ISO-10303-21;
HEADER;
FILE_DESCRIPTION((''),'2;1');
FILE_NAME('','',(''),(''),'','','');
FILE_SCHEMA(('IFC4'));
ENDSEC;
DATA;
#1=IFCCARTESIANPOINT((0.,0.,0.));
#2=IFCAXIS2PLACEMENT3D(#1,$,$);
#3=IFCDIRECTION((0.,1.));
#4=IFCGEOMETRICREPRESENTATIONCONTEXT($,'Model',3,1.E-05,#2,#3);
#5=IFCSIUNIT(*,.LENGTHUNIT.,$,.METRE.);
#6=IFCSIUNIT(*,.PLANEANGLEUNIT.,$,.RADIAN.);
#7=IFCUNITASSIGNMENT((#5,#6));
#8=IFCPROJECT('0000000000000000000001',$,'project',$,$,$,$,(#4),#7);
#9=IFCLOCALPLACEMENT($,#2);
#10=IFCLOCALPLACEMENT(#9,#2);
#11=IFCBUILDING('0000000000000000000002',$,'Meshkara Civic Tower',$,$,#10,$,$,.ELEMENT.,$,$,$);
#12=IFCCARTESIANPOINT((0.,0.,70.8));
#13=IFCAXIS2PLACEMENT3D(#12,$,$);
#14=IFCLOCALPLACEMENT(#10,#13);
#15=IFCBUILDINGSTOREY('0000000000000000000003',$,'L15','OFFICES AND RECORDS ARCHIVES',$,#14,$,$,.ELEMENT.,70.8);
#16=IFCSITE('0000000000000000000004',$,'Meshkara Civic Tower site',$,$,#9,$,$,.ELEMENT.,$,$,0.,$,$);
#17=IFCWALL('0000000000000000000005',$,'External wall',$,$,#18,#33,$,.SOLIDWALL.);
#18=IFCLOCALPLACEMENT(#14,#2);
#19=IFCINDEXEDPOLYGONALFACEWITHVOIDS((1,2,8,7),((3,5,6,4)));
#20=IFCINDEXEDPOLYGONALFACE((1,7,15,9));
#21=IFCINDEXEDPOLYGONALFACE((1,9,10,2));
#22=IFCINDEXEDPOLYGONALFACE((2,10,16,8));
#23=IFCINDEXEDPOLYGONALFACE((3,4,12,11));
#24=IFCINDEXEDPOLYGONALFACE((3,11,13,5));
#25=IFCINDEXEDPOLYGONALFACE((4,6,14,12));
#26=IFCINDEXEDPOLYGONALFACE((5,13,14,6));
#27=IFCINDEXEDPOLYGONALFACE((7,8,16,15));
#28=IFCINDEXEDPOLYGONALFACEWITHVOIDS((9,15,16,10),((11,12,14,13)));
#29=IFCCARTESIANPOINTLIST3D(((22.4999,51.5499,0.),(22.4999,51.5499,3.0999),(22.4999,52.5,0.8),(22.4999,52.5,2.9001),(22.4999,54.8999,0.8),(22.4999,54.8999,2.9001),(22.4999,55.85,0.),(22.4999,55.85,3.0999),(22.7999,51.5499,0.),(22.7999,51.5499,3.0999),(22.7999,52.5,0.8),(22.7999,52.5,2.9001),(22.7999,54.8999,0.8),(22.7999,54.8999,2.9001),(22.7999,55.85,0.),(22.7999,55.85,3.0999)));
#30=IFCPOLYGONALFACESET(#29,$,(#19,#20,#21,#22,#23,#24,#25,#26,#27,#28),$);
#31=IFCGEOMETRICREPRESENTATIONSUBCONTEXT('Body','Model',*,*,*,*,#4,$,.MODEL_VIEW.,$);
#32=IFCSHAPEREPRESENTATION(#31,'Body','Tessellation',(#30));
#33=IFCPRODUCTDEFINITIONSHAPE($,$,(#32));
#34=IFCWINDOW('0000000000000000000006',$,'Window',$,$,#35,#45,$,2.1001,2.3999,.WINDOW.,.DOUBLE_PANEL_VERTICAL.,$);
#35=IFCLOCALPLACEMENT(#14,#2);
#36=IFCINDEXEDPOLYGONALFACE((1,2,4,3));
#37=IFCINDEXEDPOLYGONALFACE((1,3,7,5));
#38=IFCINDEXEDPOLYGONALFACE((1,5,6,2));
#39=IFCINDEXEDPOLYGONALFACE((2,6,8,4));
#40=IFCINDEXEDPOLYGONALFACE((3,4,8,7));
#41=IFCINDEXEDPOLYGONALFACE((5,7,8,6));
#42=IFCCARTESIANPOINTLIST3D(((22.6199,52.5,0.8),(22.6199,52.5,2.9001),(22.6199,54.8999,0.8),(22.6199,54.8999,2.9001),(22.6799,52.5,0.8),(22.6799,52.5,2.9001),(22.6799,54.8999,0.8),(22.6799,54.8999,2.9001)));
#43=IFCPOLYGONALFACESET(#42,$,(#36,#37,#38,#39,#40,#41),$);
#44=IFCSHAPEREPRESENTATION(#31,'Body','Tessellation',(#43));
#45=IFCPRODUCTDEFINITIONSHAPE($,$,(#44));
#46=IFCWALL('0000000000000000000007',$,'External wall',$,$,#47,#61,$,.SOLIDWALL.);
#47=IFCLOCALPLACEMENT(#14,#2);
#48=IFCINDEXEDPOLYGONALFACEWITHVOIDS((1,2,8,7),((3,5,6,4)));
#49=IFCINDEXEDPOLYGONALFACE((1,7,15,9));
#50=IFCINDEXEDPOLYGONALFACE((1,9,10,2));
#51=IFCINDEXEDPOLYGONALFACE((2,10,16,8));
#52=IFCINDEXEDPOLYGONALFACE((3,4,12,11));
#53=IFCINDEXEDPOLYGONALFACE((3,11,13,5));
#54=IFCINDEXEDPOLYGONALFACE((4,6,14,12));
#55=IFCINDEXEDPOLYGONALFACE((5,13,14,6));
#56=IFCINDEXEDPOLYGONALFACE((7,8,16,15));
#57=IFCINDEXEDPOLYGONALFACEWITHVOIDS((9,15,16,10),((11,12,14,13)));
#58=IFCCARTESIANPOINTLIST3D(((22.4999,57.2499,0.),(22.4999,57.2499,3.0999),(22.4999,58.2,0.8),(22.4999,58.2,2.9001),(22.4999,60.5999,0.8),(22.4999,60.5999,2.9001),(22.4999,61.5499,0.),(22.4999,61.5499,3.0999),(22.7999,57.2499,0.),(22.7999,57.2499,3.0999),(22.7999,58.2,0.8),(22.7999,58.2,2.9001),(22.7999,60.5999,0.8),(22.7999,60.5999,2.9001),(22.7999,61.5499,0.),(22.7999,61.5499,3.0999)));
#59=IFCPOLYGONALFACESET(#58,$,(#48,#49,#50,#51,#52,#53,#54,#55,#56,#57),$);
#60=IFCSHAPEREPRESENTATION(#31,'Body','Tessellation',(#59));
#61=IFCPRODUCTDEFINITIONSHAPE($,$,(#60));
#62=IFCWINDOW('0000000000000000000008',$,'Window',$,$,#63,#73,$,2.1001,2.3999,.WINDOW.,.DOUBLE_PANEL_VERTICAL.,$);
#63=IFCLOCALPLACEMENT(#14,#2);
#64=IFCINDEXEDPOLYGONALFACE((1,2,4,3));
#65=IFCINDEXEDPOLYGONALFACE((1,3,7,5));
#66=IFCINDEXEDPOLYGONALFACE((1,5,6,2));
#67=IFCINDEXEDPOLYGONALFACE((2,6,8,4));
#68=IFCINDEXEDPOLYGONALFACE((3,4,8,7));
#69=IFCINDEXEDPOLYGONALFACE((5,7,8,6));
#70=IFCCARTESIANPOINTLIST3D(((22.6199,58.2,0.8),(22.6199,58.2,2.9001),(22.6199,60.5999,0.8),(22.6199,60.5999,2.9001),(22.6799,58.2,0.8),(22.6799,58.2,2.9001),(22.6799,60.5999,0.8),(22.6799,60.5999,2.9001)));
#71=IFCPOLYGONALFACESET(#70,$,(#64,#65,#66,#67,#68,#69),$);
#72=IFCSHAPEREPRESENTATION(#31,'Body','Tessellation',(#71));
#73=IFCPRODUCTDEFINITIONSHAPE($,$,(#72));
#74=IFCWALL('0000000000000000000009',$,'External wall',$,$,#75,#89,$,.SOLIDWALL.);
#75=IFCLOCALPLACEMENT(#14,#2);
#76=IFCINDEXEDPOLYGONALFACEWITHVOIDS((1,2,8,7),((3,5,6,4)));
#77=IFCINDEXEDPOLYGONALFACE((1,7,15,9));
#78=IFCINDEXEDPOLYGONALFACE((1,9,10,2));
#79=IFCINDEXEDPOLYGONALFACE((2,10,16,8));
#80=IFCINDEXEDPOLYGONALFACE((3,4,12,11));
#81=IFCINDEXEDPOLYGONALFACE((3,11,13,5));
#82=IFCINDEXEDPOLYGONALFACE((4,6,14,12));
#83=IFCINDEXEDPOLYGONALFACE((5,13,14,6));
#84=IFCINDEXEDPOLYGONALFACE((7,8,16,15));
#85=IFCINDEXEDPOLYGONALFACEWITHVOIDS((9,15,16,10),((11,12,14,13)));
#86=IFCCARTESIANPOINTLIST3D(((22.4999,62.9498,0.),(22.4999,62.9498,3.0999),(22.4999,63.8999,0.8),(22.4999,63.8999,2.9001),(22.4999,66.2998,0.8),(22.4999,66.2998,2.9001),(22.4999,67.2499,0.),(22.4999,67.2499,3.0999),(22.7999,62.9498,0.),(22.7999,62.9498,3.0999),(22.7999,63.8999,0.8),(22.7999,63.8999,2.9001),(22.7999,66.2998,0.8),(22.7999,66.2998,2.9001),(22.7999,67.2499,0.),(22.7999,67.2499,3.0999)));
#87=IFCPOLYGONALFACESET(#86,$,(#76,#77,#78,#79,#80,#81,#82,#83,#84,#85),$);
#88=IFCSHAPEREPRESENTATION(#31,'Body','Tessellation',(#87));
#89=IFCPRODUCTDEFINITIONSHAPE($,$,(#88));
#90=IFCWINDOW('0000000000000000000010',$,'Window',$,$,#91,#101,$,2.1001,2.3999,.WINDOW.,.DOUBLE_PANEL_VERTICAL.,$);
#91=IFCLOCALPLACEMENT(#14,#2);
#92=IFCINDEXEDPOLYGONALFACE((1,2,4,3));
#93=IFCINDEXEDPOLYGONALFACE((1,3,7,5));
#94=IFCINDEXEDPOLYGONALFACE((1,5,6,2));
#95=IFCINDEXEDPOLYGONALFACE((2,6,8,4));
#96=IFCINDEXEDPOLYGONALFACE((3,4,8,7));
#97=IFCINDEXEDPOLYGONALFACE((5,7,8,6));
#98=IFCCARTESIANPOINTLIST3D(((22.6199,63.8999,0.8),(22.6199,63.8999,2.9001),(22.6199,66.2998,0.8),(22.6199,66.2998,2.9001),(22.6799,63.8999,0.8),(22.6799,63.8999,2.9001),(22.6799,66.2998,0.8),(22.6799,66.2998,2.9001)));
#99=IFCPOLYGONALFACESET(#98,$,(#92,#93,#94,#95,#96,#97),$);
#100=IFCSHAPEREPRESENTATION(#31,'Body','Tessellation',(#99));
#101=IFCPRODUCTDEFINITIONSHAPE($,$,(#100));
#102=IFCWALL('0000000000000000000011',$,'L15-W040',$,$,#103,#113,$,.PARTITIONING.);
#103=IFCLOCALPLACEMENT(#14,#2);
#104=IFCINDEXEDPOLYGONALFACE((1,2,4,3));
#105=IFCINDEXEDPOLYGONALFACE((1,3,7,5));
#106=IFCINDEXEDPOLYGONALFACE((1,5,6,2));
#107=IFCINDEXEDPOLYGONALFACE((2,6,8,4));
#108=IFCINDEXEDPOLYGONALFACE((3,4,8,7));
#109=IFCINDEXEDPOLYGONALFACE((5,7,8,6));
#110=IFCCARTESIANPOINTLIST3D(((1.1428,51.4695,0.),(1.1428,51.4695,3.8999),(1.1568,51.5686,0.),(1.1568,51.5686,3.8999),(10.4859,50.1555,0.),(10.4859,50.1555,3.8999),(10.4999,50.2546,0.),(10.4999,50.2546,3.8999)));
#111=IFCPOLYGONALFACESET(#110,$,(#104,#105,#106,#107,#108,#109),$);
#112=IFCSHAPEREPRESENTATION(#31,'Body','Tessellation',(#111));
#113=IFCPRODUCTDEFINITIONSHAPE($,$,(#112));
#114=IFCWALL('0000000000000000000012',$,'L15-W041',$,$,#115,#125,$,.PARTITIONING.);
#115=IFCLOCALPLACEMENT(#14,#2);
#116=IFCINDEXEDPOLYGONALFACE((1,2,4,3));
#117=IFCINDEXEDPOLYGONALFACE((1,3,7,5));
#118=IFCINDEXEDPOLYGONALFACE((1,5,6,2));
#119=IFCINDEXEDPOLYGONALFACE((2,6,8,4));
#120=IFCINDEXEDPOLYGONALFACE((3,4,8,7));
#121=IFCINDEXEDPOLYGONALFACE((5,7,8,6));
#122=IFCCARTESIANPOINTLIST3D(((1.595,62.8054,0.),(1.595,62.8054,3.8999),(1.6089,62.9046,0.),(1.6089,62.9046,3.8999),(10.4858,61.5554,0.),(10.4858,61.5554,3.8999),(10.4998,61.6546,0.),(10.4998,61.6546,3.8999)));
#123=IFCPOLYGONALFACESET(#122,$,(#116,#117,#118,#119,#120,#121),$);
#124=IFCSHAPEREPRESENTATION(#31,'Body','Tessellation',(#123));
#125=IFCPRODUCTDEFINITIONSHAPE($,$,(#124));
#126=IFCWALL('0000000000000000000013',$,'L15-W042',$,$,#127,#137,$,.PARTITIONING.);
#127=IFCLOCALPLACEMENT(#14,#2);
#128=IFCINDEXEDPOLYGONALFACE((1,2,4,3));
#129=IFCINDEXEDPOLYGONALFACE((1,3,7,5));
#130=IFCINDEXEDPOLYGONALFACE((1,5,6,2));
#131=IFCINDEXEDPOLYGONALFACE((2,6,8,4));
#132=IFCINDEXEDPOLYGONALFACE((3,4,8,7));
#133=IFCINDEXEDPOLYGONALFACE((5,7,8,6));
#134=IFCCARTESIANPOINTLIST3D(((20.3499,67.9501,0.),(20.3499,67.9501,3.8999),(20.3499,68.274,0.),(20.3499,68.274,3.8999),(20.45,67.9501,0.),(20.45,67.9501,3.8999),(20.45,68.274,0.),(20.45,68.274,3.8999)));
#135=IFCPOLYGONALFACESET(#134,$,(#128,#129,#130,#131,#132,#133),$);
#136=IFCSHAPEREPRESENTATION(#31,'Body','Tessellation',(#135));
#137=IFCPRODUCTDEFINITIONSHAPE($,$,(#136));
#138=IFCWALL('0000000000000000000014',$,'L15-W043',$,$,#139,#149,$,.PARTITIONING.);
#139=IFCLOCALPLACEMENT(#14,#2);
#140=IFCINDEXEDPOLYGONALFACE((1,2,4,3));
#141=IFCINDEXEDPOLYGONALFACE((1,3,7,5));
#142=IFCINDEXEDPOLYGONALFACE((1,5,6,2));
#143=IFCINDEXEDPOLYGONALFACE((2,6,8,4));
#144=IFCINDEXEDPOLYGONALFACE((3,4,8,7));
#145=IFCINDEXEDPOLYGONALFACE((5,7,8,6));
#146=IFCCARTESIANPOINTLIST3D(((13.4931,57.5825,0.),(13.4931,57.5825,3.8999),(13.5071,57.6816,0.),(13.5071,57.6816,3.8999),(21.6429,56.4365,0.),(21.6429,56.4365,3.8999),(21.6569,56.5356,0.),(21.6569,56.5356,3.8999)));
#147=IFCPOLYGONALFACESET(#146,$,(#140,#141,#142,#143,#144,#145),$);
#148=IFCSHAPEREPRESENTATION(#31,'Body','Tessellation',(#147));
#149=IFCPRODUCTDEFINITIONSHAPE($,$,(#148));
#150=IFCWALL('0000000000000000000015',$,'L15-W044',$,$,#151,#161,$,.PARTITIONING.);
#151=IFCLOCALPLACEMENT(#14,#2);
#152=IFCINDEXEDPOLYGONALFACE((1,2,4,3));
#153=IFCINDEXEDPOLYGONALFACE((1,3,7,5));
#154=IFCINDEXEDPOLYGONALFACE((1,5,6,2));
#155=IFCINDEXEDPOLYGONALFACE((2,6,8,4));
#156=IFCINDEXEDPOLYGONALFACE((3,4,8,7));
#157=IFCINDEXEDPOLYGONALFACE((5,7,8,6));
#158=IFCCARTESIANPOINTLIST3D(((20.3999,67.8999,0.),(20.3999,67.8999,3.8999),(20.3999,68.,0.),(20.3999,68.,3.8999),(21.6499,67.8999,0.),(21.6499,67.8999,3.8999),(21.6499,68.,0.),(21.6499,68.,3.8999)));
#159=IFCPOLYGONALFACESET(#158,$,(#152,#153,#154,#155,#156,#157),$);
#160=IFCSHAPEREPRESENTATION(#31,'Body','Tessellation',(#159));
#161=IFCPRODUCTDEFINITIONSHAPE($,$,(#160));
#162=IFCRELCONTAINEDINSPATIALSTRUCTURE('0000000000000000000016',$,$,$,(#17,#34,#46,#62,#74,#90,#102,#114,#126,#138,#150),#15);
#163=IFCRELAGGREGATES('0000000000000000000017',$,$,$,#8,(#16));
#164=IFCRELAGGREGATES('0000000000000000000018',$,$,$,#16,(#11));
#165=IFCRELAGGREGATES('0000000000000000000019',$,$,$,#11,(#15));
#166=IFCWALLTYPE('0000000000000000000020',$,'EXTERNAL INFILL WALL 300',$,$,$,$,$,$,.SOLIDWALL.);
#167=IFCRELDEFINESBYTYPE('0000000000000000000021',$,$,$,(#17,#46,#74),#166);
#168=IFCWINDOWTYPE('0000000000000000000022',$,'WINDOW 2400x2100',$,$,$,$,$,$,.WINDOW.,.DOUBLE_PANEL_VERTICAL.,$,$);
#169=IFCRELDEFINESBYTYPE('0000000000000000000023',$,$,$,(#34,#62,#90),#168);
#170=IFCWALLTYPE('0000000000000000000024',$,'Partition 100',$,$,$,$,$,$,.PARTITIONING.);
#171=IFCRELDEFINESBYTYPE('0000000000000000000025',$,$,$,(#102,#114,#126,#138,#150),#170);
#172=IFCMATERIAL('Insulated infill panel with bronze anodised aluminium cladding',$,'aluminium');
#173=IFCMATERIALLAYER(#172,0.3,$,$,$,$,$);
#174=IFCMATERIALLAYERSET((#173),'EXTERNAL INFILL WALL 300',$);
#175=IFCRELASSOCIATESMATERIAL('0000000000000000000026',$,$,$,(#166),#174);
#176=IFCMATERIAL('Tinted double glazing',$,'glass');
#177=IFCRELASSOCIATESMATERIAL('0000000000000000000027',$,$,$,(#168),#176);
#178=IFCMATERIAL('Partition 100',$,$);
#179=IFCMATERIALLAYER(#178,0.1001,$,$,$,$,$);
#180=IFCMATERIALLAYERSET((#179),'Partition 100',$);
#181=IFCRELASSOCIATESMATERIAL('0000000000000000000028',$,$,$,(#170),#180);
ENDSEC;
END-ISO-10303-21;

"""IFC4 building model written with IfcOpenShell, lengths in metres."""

from ifc_helpers import new_model, si_unit, direction, frame, frame_2d, origin, place, context, subcontext, project, spatial, rectangle, extrude, material, layer, layer_set, type_object, element, fill, save


model = new_model("IFC4")

# Units and contexts
model_context = context("Model", 3, precision=1e-05, world=origin(), true_north=direction((0.0, 1.0)))
body_context = subcontext(model_context, "Body", "Model", "MODEL_VIEW")
ifc_project = project(units=[si_unit("LENGTHUNIT", "METRE"), si_unit("PLANEANGLEUNIT", "RADIAN")], contexts=[model_context])

# Site, building, storey
site_placement = place(None, origin())
site = spatial("IfcSite", under=ifc_project, at=site_placement, Name="Meshkara Civic Tower site", CompositionType="ELEMENT", RefElevation=0.0)
building_placement = place(site_placement, origin())
building = spatial("IfcBuilding", under=site, at=building_placement, Name="Meshkara Civic Tower", CompositionType="ELEMENT")
storey_placement = place(building_placement, frame((0.0, 0.0, 70.8)))
storey = spatial("IfcBuildingStorey", under=building, at=storey_placement, Name="L15", Description="OFFICES AND RECORDS ARCHIVES", CompositionType="ELEMENT", Elevation=70.8)

# Walls, openings, windows
ifc_material_1 = material(Name="Insulated infill panel with bronze anodised aluminium cladding", Category="aluminium")
ifc_layer_1 = layer(ifc_material_1, 0.3)
ifc_layer_set_1 = layer_set([ifc_layer_1], Name="EXTERNAL INFILL WALL 300")
wall_type_1 = type_object("IfcWallType", Name="EXTERNAL INFILL WALL 300", PredefinedType="SOLIDWALL", material=ifc_layer_set_1)
ifc_material_2 = material(Name="Tinted double glazing", Category="glass")
window_type = type_object("IfcWindowType", Name="WINDOW 2400x2100", PartitioningType="DOUBLE_PANEL_VERTICAL", PredefinedType="WINDOW", material=ifc_material_2)
wall_1_placement = place(storey_placement, frame((22.6499, 51.55, 0.0), z_axis=(0.0, 0.0, 1.0), x_axis=(0.0, 1.0, 0.0)))
wall_1 = element("IfcWall", 1, at=wall_1_placement, inside=storey, type_object=wall_type_1, Name="External wall", PredefinedType="SOLIDWALL", context=body_context, shape_type="SweptSolid", body=[
    extrude(rectangle(XDim=4.3, YDim=0.3, at=frame_2d((2.1499, 0.0))), origin(), (0.0, 0.0, 1.0), 3.0999),
])
opening_1_placement = place(wall_1_placement, frame((0.95, 0.0, 0.8)))
opening_1 = element("IfcOpeningElement", 2, at=opening_1_placement, cuts=wall_1, PredefinedType="OPENING", context=body_context, shape_type="SweptSolid", body=[
    extrude(rectangle(XDim=2.3999, YDim=2.1001, at=frame_2d((1.2, 1.05))), frame((0.0, 0.1599, 0.0), z_axis=(0.0, -1.0, 0.0), x_axis=(1.0, 0.0, 0.0)), (0.0, 0.0, 1.0), 0.3201),
])
window_1_placement = place(opening_1_placement, origin())
window_1 = element("IfcWindow", 3, at=window_1_placement, inside=storey, type_object=window_type, Name="Window", OverallHeight=2.1001, OverallWidth=2.3999, PartitioningType="DOUBLE_PANEL_VERTICAL", PredefinedType="WINDOW", context=body_context, shape_type="SweptSolid", body=[
    extrude(rectangle(XDim=2.3999, YDim=2.1001, at=frame_2d((1.2, 1.05))), frame((0.0, 0.03, 0.0), z_axis=(0.0, -1.0, 0.0), x_axis=(1.0, 0.0, 0.0)), (0.0, 0.0, 1.0), 0.0601),
])
fill(opening_1, window_1)
wall_2_placement = place(storey_placement, frame((22.6499, 57.25, 0.0), z_axis=(0.0, 0.0, 1.0), x_axis=(0.0, 1.0, 0.0)))
wall_2 = element("IfcWall", 4, at=wall_2_placement, inside=storey, type_object=wall_type_1, Name="External wall", PredefinedType="SOLIDWALL", context=body_context, shape_type="SweptSolid", body=[
    extrude(rectangle(XDim=4.3, YDim=0.3, at=frame_2d((2.1499, 0.0))), origin(), (0.0, 0.0, 1.0), 3.0999),
])
opening_2_placement = place(wall_2_placement, frame((0.95, 0.0, 0.8)))
opening_2 = element("IfcOpeningElement", 5, at=opening_2_placement, cuts=wall_2, PredefinedType="OPENING", context=body_context, shape_type="SweptSolid", body=[
    extrude(rectangle(XDim=2.3999, YDim=2.1001, at=frame_2d((1.2, 1.05))), frame((0.0, 0.1599, 0.0), z_axis=(0.0, -1.0, 0.0), x_axis=(1.0, 0.0, 0.0)), (0.0, 0.0, 1.0), 0.3201),
])
window_2_placement = place(opening_2_placement, origin())
window_2 = element("IfcWindow", 6, at=window_2_placement, inside=storey, type_object=window_type, Name="Window", OverallHeight=2.1001, OverallWidth=2.3999, PartitioningType="DOUBLE_PANEL_VERTICAL", PredefinedType="WINDOW", context=body_context, shape_type="SweptSolid", body=[
    extrude(rectangle(XDim=2.3999, YDim=2.1001, at=frame_2d((1.2, 1.05))), frame((0.0, 0.03, 0.0), z_axis=(0.0, -1.0, 0.0), x_axis=(1.0, 0.0, 0.0)), (0.0, 0.0, 1.0), 0.0601),
])
fill(opening_2, window_2)
wall_3_placement = place(storey_placement, frame((22.6499, 62.95, 0.0), z_axis=(0.0, 0.0, 1.0), x_axis=(0.0, 1.0, 0.0)))
wall_3 = element("IfcWall", 7, at=wall_3_placement, inside=storey, type_object=wall_type_1, Name="External wall", PredefinedType="SOLIDWALL", context=body_context, shape_type="SweptSolid", body=[
    extrude(rectangle(XDim=4.3, YDim=0.3, at=frame_2d((2.1499, 0.0))), origin(), (0.0, 0.0, 1.0), 3.0999),
])
opening_3_placement = place(wall_3_placement, frame((0.95, 0.0, 0.8)))
opening_3 = element("IfcOpeningElement", 8, at=opening_3_placement, cuts=wall_3, PredefinedType="OPENING", context=body_context, shape_type="SweptSolid", body=[
    extrude(rectangle(XDim=2.3999, YDim=2.1001, at=frame_2d((1.2, 1.05))), frame((0.0, 0.1599, 0.0), z_axis=(0.0, -1.0, 0.0), x_axis=(1.0, 0.0, 0.0)), (0.0, 0.0, 1.0), 0.3201),
])
window_3_placement = place(opening_3_placement, origin())
window_3 = element("IfcWindow", 9, at=window_3_placement, inside=storey, type_object=window_type, Name="Window", OverallHeight=2.1001, OverallWidth=2.3999, PartitioningType="DOUBLE_PANEL_VERTICAL", PredefinedType="WINDOW", context=body_context, shape_type="SweptSolid", body=[
    extrude(rectangle(XDim=2.3999, YDim=2.1001, at=frame_2d((1.2, 1.05))), frame((0.0, 0.03, 0.0), z_axis=(0.0, -1.0, 0.0), x_axis=(1.0, 0.0, 0.0)), (0.0, 0.0, 1.0), 0.0601),
])
fill(opening_3, window_3)

# Walls
ifc_material_3 = material(Name="Partition 100")
ifc_layer_2 = layer(ifc_material_3, 0.1001)
ifc_layer_set_2 = layer_set([ifc_layer_2], Name="Partition 100")
wall_type_2 = type_object("IfcWallType", Name="Partition 100", PredefinedType="PARTITIONING", material=ifc_layer_set_2)
wall_4_placement = place(storey_placement, frame((10.4929, 50.2051, 0.0), z_axis=(0.0, 0.0, 1.0), x_axis=(-0.990255, 0.139266, 0.0)))
element("IfcWall", 10, at=wall_4_placement, inside=storey, type_object=wall_type_2, Name="L15-W040", PredefinedType="PARTITIONING", context=body_context, shape_type="SweptSolid", body=[
    extrude(rectangle(XDim=9.4351, YDim=0.1001, at=frame_2d((4.7175, 0.0))), origin(), (0.0, 0.0, 1.0), 3.8999),
])
wall_5_placement = place(storey_placement, frame((10.4929, 61.605, 0.0), z_axis=(0.0, 0.0, 1.0), x_axis=(-0.990261, 0.139224, 0.0)))
element("IfcWall", 11, at=wall_5_placement, inside=storey, type_object=wall_type_2, Name="L15-W041", PredefinedType="PARTITIONING", context=body_context, shape_type="SweptSolid", body=[
    extrude(rectangle(XDim=8.9783, YDim=0.1001, at=frame_2d((4.4893, 0.0))), origin(), (0.0, 0.0, 1.0), 3.8999),
])
wall_6_placement = place(storey_placement, frame((20.3999, 67.95, 0.0), z_axis=(0.0, 0.0, 1.0), x_axis=(0.0, 1.0, 0.0)))
element("IfcWall", 12, at=wall_6_placement, inside=storey, type_object=wall_type_2, Name="L15-W042", PredefinedType="PARTITIONING", context=body_context, shape_type="SweptSolid", body=[
    extrude(rectangle(XDim=0.324, YDim=0.1001, at=frame_2d((0.1621, 0.0))), origin(), (0.0, 0.0, 1.0), 3.8999),
])
wall_7_placement = place(storey_placement, frame((21.6499, 56.4861, 0.0), z_axis=(0.0, 0.0, 1.0), x_axis=(-0.990258, 0.139245, 0.0)))
element("IfcWall", 13, at=wall_7_placement, inside=storey, type_object=wall_type_2, Name="L15-W043", PredefinedType="PARTITIONING", context=body_context, shape_type="SweptSolid", body=[
    extrude(rectangle(XDim=8.23, YDim=0.1001, at=frame_2d((4.115, 0.0))), origin(), (0.0, 0.0, 1.0), 3.8999),
])
wall_8_placement = place(storey_placement, frame((21.6499, 67.95, 0.0), z_axis=(0.0, 0.0, 1.0), x_axis=(-1.0, 0.0, 0.0)))
element("IfcWall", 14, at=wall_8_placement, inside=storey, type_object=wall_type_2, Name="L15-W044", PredefinedType="PARTITIONING", context=body_context, shape_type="SweptSolid", body=[
    extrude(rectangle(XDim=1.25, YDim=0.1001, at=frame_2d((0.625, 0.0))), origin(), (0.0, 0.0, 1.0), 3.8999),
])

save(model, "model.ifc")
